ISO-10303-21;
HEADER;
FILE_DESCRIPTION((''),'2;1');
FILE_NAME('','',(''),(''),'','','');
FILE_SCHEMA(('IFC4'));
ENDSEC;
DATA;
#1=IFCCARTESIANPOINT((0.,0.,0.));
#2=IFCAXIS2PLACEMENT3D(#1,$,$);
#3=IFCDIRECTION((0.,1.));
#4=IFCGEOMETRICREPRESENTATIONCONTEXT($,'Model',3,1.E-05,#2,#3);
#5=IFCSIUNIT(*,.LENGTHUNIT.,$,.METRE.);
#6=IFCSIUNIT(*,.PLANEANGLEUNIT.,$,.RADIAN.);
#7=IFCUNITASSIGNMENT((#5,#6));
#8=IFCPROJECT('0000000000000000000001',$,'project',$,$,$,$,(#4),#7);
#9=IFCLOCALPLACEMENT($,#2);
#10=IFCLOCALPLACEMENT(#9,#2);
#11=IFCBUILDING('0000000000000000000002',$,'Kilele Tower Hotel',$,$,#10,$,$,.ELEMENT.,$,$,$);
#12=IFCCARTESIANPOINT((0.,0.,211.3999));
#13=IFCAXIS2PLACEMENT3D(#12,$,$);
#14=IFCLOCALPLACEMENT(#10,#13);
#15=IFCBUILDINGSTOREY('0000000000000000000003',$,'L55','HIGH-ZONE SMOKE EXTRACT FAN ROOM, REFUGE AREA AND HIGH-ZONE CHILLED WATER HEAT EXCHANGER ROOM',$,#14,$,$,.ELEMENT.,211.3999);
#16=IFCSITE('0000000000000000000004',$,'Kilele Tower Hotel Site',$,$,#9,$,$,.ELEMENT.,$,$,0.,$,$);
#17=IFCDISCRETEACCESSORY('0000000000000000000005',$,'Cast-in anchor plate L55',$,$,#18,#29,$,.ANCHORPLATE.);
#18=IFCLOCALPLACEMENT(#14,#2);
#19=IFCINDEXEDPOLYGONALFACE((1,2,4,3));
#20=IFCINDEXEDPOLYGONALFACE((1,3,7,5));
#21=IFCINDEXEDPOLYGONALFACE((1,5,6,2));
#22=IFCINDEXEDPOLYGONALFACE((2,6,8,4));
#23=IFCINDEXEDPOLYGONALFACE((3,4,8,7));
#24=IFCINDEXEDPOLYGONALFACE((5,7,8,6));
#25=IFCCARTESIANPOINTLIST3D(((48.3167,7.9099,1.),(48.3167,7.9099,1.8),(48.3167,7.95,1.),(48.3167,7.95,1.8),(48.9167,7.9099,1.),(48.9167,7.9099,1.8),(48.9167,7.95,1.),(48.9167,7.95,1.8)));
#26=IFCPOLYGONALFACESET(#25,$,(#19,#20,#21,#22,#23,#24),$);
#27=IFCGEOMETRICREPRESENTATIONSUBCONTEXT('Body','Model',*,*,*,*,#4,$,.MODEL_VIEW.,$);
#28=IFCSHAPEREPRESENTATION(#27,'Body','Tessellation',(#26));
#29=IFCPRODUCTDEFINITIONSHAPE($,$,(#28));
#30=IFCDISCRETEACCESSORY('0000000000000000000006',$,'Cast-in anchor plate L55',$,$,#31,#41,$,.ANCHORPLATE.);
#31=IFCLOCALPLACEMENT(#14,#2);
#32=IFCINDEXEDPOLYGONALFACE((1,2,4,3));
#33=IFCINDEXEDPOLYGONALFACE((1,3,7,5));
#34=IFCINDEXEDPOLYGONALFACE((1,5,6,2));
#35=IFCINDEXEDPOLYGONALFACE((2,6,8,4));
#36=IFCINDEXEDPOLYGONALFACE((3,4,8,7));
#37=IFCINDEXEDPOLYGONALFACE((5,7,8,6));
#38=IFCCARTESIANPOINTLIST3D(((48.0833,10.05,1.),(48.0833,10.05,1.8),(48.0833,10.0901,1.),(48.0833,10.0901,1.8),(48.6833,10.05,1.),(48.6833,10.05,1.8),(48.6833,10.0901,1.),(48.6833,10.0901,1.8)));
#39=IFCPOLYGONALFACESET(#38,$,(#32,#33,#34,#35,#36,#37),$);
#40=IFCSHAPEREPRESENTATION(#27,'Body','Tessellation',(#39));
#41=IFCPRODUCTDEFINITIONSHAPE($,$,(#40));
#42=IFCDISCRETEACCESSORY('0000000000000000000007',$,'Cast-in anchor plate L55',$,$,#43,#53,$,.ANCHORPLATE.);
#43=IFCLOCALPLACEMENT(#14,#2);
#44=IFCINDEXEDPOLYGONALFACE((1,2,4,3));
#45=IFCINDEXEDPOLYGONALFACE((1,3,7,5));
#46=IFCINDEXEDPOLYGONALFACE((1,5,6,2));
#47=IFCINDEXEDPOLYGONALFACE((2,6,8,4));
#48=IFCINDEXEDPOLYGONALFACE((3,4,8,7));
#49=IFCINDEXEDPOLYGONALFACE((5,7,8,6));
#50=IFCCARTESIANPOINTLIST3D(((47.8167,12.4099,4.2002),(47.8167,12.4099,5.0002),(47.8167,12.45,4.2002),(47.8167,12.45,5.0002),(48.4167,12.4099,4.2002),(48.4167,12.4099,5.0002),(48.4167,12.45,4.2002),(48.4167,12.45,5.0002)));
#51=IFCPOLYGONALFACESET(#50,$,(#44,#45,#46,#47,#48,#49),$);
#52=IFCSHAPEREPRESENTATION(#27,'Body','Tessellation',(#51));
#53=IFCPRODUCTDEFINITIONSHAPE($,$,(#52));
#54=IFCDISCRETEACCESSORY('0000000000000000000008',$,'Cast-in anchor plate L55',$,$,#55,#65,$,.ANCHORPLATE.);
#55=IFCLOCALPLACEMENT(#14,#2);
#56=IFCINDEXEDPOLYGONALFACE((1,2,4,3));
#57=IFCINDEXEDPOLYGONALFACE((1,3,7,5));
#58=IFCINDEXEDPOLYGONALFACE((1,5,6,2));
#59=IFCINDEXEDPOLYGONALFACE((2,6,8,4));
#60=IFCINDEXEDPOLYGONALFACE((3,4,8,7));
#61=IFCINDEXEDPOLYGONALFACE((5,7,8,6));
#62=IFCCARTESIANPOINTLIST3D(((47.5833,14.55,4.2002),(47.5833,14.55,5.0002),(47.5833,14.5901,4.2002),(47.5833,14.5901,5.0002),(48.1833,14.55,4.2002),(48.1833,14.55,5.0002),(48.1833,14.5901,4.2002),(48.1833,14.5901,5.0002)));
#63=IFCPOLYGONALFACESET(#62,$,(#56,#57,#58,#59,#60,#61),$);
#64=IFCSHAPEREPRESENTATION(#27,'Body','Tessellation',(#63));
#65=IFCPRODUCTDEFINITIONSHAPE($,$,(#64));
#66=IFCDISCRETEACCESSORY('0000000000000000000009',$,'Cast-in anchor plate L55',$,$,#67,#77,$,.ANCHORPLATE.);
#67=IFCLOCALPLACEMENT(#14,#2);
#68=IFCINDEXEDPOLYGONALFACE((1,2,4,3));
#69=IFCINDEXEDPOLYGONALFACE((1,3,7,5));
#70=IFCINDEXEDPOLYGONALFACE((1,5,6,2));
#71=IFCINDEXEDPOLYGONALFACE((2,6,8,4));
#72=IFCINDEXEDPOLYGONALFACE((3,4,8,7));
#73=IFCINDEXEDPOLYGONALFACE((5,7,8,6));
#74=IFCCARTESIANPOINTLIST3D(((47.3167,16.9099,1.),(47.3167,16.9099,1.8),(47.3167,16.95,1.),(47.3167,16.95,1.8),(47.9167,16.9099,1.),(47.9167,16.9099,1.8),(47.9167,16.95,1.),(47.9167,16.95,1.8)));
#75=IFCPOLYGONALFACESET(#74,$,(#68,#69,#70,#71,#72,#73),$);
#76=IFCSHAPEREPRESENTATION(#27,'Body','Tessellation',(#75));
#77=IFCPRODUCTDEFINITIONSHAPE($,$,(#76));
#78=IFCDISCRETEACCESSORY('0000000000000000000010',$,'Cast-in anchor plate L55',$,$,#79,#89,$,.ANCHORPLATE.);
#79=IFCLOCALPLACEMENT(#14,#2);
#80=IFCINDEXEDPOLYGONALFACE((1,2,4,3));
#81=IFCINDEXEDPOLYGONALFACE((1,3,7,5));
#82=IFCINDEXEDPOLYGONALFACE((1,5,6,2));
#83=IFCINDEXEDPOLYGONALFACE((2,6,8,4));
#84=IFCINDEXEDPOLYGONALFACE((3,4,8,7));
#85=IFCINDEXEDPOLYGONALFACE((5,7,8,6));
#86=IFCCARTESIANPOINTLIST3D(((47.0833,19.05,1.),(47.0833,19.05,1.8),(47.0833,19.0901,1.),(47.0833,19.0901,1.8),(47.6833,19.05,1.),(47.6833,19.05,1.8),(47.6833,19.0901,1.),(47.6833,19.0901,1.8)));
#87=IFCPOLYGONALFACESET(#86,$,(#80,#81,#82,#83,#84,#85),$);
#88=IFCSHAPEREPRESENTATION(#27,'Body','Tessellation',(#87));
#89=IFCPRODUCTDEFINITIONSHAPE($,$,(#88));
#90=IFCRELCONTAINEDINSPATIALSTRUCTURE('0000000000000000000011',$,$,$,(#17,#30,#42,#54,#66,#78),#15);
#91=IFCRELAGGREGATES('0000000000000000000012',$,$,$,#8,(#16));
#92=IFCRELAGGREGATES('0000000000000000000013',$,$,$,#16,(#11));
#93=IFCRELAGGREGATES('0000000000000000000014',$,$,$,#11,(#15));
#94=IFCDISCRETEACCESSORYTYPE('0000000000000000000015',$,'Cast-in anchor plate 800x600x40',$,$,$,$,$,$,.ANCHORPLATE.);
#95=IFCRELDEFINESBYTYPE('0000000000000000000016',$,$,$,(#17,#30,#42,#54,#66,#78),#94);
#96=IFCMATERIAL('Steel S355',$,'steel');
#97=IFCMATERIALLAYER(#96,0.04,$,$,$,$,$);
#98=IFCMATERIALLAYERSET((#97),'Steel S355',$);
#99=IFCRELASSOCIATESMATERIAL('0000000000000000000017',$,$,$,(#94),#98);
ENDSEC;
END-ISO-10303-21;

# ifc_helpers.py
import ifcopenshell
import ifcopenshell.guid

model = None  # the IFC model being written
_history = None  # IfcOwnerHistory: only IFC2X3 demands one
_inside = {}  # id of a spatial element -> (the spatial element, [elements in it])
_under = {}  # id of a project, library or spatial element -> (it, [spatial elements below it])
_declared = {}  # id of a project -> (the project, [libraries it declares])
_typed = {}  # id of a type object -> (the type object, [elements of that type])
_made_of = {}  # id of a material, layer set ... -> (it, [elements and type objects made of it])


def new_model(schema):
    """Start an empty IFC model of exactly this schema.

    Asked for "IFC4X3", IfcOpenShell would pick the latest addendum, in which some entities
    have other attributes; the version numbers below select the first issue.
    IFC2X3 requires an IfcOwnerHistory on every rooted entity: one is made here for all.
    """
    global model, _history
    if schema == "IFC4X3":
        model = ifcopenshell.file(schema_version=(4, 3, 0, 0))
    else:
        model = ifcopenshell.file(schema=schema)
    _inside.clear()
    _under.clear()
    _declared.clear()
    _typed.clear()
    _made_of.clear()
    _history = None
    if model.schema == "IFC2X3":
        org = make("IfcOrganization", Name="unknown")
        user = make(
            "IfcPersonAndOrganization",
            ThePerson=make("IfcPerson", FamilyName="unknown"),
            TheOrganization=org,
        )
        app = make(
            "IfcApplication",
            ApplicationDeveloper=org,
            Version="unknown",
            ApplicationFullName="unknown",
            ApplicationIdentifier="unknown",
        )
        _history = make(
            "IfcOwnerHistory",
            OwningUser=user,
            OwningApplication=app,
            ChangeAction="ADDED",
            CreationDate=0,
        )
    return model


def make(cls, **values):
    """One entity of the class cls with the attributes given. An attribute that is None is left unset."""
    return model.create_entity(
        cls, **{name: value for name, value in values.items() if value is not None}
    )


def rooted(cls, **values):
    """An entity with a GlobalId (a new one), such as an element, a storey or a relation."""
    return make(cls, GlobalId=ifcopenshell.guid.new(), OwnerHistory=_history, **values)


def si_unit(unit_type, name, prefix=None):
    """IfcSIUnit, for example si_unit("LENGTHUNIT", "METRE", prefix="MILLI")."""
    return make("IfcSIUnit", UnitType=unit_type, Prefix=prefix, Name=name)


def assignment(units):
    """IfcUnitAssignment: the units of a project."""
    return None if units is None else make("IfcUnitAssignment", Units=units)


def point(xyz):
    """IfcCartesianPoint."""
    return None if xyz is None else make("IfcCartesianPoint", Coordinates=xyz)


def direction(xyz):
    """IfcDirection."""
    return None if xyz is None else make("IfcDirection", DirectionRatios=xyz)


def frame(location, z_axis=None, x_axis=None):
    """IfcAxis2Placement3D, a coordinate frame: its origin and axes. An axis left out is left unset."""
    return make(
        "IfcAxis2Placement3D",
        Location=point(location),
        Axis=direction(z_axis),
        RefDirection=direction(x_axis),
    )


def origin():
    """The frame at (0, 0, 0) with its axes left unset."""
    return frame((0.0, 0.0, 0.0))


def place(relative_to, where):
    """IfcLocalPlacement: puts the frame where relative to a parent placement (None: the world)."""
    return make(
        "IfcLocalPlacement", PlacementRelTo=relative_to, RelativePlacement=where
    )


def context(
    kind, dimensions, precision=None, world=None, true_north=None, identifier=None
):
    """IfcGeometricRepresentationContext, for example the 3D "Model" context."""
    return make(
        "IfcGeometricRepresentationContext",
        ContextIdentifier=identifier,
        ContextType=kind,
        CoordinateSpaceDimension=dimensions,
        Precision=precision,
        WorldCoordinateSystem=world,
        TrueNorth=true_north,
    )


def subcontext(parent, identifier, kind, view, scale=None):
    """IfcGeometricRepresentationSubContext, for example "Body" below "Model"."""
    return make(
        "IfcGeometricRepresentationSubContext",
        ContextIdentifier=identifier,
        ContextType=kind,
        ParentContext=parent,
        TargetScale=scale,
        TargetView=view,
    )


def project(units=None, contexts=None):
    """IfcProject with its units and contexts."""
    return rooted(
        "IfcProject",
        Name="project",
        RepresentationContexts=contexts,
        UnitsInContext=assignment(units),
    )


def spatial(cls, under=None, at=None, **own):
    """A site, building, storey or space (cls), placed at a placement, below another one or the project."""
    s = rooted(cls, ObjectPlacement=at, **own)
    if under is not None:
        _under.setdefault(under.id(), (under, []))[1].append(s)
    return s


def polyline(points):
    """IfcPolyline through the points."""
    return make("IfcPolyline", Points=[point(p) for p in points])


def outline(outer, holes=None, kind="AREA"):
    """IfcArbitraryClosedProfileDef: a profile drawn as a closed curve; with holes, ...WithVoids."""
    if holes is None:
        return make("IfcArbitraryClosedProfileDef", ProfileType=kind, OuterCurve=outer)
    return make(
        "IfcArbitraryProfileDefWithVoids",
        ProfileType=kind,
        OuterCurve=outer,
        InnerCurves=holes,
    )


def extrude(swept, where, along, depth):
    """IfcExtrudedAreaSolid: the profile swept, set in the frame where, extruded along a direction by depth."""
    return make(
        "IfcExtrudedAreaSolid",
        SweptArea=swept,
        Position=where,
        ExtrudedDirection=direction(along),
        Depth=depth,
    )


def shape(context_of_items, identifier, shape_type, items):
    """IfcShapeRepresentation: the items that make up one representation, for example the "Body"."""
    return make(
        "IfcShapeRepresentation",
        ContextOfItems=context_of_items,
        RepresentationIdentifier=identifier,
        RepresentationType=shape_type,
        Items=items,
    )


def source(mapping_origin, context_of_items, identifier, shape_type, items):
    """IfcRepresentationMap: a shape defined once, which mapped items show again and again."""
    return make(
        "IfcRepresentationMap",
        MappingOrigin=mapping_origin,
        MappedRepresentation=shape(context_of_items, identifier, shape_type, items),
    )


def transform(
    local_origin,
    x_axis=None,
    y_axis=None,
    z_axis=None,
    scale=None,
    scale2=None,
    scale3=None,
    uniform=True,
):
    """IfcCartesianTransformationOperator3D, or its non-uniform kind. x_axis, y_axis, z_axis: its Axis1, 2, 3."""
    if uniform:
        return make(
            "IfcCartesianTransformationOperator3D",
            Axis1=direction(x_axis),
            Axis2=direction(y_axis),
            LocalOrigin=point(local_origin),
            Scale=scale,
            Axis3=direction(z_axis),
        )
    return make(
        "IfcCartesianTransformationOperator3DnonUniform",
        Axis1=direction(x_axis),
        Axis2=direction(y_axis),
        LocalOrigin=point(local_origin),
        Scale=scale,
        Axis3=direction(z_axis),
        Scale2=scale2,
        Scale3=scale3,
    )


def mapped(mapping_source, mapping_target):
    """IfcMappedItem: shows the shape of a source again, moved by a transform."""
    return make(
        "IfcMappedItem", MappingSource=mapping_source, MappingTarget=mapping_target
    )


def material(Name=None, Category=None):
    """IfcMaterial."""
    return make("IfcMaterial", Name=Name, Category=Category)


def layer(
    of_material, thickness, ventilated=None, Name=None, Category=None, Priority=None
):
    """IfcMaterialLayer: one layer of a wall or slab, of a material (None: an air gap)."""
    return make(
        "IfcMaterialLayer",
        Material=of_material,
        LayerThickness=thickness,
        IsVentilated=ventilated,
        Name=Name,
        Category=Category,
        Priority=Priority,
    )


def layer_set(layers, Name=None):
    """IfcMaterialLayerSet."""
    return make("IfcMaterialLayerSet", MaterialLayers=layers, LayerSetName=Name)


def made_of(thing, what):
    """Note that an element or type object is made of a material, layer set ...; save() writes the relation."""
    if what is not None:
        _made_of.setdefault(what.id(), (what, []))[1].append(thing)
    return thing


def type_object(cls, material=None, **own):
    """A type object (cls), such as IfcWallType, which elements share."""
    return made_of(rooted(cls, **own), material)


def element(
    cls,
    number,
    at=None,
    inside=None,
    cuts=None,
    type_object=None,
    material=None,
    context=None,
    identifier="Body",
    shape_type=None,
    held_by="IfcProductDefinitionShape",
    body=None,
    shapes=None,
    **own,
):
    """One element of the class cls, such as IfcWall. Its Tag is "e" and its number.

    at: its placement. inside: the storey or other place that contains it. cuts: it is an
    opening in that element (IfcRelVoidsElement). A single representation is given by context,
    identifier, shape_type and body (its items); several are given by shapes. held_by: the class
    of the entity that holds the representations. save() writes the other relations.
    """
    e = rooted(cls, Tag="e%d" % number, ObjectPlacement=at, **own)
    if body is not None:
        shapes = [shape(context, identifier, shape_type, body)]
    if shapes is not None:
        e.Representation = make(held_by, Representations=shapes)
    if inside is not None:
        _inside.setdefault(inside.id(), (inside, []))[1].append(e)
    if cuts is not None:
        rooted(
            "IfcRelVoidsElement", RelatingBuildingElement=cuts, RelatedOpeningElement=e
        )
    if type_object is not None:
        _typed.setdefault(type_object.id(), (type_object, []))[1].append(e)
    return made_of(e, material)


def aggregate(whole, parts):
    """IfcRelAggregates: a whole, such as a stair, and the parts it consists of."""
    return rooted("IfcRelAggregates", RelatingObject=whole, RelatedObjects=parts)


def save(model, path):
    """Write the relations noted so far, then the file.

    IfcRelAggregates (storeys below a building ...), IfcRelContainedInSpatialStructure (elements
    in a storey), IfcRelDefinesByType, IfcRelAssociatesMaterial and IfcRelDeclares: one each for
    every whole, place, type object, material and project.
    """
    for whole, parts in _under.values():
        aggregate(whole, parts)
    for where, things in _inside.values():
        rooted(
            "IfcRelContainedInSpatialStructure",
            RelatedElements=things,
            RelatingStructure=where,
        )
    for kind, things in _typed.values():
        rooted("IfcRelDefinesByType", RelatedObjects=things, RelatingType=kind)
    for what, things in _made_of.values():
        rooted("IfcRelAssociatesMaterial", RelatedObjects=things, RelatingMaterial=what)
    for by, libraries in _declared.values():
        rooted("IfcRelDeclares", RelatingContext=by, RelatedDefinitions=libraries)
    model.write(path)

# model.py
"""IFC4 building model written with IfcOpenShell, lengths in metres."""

from ifc_helpers import new_model, si_unit, direction, frame, origin, place, context, subcontext, project, spatial, polyline, outline, extrude, source, transform, mapped, material, layer, layer_set, type_object, element, save


model = new_model("IFC4")

# Units and contexts
model_context = context("Model", 3, precision=1e-05, world=origin(), true_north=direction((0.0, 1.0)))
body_context = subcontext(model_context, "Body", "Model", "MODEL_VIEW")
ifc_project = project(units=[si_unit("LENGTHUNIT", "METRE"), si_unit("PLANEANGLEUNIT", "RADIAN")], contexts=[model_context])

# Site, building, storey
site_placement = place(None, origin())
site = spatial("IfcSite", under=ifc_project, at=site_placement, Name="Kilele Tower Hotel Site", CompositionType="ELEMENT", RefElevation=0.0)
building_placement = place(site_placement, origin())
building = spatial("IfcBuilding", under=site, at=building_placement, Name="Kilele Tower Hotel", CompositionType="ELEMENT")
storey_placement = place(building_placement, frame((0.0, 0.0, 211.3999)))
storey = spatial("IfcBuildingStorey", under=building, at=storey_placement, Name="L55", Description="HIGH-ZONE SMOKE EXTRACT FAN ROOM, REFUGE AREA AND HIGH-ZONE CHILLED WATER HEAT EXCHANGER ROOM", CompositionType="ELEMENT", Elevation=211.3999)

# Discrete accessories
ifc_material_1 = material(Name="Steel S355", Category="steel")
ifc_layer_1 = layer(ifc_material_1, 0.04)
ifc_layer_set_1 = layer_set([ifc_layer_1], Name="Steel S355")
discrete_accessory_type_1 = type_object("IfcDiscreteAccessoryType", Name="Cast-in anchor plate 800x600x40", PredefinedType="ANCHORPLATE", material=ifc_layer_set_1)
shared_shape_1 = source(origin(), body_context, "Body", "SweptSolid", [
    extrude(outline(polyline([(0.0, 0.0), (0.04, 0.0), (0.04, 0.8), (0.0, 0.8), (0.0, 0.0)])), origin(), (0.0, 0.0, 1.0), 0.6001),
])
for number, where, z_axis, x_axis, name in (
    (1, (48.9167, 7.95, 1.0), (-1.0, 0.0, 0.0), (0.0, -1.0, 0.0), "Cast-in anchor plate L55"),
    (2, (48.0833, 10.05, 1.0), (1.0, 0.0, 0.0), (0.0, 1.0, 0.0), "Cast-in anchor plate L55"),
    (3, (48.4167, 12.45, 4.2002), (-1.0, 0.0, 0.0), (0.0, -1.0, 0.0), "Cast-in anchor plate L55"),
    (4, (47.5833, 14.55, 4.2002), (1.0, 0.0, 0.0), (0.0, 1.0, 0.0), "Cast-in anchor plate L55"),
    (5, (47.9167, 16.95, 1.0), (-1.0, 0.0, 0.0), (0.0, -1.0, 0.0), "Cast-in anchor plate L55"),
    (6, (47.0833, 19.05, 1.0), (1.0, 0.0, 0.0), (0.0, 1.0, 0.0), "Cast-in anchor plate L55"),
):
    element("IfcDiscreteAccessory", number, at=place(storey_placement, frame(where, z_axis=z_axis, x_axis=x_axis)), inside=storey, type_object=discrete_accessory_type_1, Name=name, PredefinedType="ANCHORPLATE", context=body_context, shape_type="MappedRepresentation", body=[
        mapped(shared_shape_1, transform((0.0, 0.0, 0.0))),
    ])

save(model, "model.ifc")
